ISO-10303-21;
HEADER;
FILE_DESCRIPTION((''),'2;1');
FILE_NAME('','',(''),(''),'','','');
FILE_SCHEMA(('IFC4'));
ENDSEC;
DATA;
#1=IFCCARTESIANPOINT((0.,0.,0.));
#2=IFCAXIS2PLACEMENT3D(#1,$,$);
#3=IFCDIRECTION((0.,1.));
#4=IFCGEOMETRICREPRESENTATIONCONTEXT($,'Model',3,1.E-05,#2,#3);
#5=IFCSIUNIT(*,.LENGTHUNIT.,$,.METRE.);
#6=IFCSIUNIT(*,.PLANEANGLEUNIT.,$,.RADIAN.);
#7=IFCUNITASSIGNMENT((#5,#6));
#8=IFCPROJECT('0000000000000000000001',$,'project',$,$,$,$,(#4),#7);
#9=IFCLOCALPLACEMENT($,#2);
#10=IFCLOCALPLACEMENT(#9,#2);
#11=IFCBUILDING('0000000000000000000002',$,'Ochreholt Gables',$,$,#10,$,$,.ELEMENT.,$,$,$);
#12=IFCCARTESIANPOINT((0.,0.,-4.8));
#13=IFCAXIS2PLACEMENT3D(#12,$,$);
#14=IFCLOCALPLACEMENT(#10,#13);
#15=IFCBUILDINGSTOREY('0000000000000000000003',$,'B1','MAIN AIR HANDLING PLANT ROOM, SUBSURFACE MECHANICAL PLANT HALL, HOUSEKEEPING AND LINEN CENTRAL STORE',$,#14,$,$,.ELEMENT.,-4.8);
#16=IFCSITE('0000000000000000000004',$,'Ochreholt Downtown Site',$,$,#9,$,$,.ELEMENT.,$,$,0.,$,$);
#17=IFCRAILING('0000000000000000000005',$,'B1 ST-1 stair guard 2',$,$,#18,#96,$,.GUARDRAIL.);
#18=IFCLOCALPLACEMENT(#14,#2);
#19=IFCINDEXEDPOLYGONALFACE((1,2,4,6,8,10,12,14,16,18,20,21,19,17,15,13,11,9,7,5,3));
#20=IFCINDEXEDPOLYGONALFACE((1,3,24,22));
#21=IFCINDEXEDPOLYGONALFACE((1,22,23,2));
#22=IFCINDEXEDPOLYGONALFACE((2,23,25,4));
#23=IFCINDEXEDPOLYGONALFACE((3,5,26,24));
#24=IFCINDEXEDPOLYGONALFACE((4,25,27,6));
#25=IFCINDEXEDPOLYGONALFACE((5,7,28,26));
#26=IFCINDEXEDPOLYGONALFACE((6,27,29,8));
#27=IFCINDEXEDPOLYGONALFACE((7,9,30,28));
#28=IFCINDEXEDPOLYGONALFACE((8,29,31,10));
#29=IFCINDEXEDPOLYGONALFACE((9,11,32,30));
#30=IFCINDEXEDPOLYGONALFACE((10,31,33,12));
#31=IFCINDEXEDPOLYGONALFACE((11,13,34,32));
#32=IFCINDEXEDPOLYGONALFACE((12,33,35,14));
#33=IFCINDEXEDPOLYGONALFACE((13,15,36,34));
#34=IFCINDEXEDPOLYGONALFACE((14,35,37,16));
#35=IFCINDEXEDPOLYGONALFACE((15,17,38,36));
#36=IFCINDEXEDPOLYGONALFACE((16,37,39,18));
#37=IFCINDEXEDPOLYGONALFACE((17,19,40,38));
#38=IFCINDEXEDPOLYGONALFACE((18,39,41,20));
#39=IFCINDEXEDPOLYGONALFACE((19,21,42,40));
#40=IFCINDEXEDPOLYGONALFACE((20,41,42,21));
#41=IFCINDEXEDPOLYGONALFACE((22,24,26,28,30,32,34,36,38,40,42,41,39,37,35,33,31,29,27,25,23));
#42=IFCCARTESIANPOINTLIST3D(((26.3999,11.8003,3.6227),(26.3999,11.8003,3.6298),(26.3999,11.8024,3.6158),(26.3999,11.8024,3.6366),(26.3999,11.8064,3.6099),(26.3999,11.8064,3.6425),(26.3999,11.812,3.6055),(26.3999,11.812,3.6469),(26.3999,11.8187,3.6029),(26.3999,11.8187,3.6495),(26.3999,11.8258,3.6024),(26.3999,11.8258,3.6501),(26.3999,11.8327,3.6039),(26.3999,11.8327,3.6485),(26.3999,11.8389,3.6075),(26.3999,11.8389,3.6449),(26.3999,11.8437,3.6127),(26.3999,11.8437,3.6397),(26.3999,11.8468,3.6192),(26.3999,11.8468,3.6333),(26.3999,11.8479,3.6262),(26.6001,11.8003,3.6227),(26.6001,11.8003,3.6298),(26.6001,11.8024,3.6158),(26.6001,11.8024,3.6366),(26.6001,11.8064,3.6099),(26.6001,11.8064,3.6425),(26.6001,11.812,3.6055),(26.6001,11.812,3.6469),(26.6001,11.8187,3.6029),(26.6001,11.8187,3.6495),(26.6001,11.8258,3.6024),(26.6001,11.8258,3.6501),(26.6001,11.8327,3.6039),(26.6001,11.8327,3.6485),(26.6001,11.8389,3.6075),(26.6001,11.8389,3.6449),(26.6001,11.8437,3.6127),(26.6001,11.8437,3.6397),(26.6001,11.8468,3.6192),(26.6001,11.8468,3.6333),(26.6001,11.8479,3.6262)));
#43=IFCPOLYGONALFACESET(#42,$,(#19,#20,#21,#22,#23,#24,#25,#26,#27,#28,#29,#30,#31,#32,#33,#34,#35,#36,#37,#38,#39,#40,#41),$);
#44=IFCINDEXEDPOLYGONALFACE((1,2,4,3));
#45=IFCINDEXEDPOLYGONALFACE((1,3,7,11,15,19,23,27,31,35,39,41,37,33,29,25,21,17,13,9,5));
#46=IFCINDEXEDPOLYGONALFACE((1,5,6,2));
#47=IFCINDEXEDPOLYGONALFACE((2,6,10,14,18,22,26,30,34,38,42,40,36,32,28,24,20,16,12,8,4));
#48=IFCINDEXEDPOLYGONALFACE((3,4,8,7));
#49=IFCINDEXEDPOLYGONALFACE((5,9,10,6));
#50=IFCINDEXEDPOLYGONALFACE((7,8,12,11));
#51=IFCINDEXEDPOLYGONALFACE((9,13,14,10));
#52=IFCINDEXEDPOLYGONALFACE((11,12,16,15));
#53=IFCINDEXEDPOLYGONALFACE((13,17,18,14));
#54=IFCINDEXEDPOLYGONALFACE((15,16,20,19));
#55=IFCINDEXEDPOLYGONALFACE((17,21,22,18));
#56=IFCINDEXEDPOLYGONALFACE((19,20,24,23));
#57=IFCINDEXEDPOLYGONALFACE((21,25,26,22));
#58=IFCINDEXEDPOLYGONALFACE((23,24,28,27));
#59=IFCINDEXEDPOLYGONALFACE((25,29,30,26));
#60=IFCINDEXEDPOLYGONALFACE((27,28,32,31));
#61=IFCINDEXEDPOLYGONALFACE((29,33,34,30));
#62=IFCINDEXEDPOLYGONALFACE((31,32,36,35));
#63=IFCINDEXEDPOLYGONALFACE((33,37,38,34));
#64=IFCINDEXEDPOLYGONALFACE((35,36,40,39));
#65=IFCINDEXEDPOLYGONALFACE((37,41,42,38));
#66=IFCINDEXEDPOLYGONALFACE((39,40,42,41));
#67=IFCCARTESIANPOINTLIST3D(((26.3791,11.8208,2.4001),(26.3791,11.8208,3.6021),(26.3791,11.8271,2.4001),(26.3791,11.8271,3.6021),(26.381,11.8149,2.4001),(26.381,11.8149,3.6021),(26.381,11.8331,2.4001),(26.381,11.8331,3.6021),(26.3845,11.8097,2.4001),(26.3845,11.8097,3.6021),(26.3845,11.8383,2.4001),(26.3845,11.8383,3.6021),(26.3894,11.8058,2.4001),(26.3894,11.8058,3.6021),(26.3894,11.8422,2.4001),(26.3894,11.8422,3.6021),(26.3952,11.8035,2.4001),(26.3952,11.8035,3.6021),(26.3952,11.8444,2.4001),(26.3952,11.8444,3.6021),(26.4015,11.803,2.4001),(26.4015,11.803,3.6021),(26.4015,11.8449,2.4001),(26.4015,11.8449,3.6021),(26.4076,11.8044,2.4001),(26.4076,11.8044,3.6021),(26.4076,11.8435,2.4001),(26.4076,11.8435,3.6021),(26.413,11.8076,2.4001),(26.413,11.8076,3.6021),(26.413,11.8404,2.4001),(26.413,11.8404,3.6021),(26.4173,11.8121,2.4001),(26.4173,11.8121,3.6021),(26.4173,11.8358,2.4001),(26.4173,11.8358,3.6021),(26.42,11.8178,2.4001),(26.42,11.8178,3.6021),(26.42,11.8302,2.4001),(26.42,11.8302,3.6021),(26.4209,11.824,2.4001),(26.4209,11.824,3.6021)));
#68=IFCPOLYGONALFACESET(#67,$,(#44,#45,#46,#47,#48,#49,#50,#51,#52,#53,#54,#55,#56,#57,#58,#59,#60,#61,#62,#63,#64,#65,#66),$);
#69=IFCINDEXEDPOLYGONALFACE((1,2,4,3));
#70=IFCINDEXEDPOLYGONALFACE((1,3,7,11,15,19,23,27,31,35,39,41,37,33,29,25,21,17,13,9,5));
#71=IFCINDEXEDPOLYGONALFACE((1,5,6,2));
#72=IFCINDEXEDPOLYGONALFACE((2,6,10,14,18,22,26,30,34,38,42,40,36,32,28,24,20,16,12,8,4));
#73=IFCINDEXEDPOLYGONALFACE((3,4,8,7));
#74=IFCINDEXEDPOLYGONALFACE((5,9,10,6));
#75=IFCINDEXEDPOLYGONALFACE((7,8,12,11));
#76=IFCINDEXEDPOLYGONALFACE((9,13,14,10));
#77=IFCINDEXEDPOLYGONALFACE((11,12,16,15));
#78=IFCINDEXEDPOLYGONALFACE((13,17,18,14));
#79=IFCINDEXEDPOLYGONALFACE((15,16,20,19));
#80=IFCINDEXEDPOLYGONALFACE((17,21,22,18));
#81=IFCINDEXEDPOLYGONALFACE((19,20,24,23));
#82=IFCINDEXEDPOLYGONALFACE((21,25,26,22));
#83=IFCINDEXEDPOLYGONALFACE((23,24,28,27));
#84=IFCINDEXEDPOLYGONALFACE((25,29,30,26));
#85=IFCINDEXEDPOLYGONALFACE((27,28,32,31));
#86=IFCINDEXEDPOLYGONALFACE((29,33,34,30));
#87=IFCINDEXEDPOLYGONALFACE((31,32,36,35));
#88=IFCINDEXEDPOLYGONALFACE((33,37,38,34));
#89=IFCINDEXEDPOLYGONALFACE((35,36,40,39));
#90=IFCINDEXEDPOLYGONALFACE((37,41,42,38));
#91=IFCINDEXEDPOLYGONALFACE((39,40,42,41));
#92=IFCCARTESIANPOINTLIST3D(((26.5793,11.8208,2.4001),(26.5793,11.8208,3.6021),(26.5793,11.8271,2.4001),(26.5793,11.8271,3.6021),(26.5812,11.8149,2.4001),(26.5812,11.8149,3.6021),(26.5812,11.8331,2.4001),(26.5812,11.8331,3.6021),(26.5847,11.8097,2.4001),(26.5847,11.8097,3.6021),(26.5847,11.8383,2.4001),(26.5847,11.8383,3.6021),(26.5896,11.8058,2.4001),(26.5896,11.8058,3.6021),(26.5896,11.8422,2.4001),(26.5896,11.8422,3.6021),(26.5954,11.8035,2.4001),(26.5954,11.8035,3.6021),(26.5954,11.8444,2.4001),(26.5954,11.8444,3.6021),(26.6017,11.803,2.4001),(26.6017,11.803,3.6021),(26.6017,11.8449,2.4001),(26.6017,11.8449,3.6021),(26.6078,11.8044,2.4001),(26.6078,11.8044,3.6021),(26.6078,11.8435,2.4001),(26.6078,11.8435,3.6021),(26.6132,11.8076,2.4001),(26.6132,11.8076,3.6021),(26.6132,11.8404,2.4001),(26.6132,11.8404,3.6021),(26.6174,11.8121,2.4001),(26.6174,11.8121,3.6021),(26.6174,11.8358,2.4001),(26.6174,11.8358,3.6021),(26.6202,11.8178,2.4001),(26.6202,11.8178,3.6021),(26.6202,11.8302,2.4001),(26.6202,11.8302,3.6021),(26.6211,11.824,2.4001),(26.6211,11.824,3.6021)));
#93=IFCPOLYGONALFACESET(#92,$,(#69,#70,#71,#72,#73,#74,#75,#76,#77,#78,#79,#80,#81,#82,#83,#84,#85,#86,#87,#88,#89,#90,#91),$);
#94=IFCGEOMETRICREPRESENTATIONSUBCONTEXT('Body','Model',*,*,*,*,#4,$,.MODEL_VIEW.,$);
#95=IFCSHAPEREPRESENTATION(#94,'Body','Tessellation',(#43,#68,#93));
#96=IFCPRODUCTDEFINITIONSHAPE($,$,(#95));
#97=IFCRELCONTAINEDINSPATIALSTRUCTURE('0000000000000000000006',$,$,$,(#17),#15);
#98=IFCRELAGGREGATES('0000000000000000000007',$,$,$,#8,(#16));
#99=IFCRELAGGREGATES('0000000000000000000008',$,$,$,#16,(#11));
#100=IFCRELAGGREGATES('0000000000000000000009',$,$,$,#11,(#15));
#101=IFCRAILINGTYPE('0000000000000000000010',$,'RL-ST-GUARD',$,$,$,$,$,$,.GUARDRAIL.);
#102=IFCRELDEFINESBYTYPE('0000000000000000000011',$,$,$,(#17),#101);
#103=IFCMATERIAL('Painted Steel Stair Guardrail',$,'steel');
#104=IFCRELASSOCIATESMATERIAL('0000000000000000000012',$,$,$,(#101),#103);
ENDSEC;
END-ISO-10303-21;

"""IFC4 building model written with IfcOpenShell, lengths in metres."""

from ifc_helpers import new_model, si_unit, direction, frame, origin, origin_2d, place, context, subcontext, project, spatial, circle, extrude, material, type_object, element, save


model = new_model("IFC4")

# Units and contexts
model_context = context("Model", 3, precision=1e-05, world=origin(), true_north=direction((0.0, 1.0)))
body_context = subcontext(model_context, "Body", "Model", "MODEL_VIEW")
ifc_project = project(units=[si_unit("LENGTHUNIT", "METRE"), si_unit("PLANEANGLEUNIT", "RADIAN")], contexts=[model_context])

# Site, building, storey
site_placement = place(None, origin())
site = spatial("IfcSite", under=ifc_project, at=site_placement, Name="Ochreholt Downtown Site", CompositionType="ELEMENT", RefElevation=0.0)
building_placement = place(site_placement, origin())
building = spatial("IfcBuilding", under=site, at=building_placement, Name="Ochreholt Gables", CompositionType="ELEMENT")
storey_placement = place(building_placement, frame((0.0, 0.0, -4.8)))
storey = spatial("IfcBuildingStorey", under=building, at=storey_placement, Name="B1", Description="MAIN AIR HANDLING PLANT ROOM, SUBSURFACE MECHANICAL PLANT HALL, HOUSEKEEPING AND LINEN CENTRAL STORE", CompositionType="ELEMENT", Elevation=-4.8)

# Railing
ifc_material_1 = material(Name="Painted Steel Stair Guardrail", Category="steel")
railing_type_1 = type_object("IfcRailingType", Name="RL-ST-GUARD", PredefinedType="GUARDRAIL", material=ifc_material_1)
railing_1_placement = place(storey_placement, frame((26.3999, 11.824, 2.4001)))
element("IfcRailing", 1, at=railing_1_placement, inside=storey, type_object=railing_type_1, Name="B1 ST-1 stair guard 2", PredefinedType="GUARDRAIL", context=body_context, shape_type="SweptSolid", body=[
    extrude(circle(Radius=0.0239, at=origin_2d()), frame((0.0, 0.0, 1.2261), z_axis=(1.0, 0.0, 0.0), x_axis=(0.0, 1.0, 0.0)), (0.0, 0.0, 1.0), 0.2002),
    extrude(circle(Radius=0.021, at=origin_2d()), origin(), (0.0, 0.0, 1.0), 1.2019),
    extrude(circle(Radius=0.021, at=origin_2d()), frame((0.2002, 0.0, 0.0)), (0.0, 0.0, 1.0), 1.2019),
])

save(model, "model.ifc")
